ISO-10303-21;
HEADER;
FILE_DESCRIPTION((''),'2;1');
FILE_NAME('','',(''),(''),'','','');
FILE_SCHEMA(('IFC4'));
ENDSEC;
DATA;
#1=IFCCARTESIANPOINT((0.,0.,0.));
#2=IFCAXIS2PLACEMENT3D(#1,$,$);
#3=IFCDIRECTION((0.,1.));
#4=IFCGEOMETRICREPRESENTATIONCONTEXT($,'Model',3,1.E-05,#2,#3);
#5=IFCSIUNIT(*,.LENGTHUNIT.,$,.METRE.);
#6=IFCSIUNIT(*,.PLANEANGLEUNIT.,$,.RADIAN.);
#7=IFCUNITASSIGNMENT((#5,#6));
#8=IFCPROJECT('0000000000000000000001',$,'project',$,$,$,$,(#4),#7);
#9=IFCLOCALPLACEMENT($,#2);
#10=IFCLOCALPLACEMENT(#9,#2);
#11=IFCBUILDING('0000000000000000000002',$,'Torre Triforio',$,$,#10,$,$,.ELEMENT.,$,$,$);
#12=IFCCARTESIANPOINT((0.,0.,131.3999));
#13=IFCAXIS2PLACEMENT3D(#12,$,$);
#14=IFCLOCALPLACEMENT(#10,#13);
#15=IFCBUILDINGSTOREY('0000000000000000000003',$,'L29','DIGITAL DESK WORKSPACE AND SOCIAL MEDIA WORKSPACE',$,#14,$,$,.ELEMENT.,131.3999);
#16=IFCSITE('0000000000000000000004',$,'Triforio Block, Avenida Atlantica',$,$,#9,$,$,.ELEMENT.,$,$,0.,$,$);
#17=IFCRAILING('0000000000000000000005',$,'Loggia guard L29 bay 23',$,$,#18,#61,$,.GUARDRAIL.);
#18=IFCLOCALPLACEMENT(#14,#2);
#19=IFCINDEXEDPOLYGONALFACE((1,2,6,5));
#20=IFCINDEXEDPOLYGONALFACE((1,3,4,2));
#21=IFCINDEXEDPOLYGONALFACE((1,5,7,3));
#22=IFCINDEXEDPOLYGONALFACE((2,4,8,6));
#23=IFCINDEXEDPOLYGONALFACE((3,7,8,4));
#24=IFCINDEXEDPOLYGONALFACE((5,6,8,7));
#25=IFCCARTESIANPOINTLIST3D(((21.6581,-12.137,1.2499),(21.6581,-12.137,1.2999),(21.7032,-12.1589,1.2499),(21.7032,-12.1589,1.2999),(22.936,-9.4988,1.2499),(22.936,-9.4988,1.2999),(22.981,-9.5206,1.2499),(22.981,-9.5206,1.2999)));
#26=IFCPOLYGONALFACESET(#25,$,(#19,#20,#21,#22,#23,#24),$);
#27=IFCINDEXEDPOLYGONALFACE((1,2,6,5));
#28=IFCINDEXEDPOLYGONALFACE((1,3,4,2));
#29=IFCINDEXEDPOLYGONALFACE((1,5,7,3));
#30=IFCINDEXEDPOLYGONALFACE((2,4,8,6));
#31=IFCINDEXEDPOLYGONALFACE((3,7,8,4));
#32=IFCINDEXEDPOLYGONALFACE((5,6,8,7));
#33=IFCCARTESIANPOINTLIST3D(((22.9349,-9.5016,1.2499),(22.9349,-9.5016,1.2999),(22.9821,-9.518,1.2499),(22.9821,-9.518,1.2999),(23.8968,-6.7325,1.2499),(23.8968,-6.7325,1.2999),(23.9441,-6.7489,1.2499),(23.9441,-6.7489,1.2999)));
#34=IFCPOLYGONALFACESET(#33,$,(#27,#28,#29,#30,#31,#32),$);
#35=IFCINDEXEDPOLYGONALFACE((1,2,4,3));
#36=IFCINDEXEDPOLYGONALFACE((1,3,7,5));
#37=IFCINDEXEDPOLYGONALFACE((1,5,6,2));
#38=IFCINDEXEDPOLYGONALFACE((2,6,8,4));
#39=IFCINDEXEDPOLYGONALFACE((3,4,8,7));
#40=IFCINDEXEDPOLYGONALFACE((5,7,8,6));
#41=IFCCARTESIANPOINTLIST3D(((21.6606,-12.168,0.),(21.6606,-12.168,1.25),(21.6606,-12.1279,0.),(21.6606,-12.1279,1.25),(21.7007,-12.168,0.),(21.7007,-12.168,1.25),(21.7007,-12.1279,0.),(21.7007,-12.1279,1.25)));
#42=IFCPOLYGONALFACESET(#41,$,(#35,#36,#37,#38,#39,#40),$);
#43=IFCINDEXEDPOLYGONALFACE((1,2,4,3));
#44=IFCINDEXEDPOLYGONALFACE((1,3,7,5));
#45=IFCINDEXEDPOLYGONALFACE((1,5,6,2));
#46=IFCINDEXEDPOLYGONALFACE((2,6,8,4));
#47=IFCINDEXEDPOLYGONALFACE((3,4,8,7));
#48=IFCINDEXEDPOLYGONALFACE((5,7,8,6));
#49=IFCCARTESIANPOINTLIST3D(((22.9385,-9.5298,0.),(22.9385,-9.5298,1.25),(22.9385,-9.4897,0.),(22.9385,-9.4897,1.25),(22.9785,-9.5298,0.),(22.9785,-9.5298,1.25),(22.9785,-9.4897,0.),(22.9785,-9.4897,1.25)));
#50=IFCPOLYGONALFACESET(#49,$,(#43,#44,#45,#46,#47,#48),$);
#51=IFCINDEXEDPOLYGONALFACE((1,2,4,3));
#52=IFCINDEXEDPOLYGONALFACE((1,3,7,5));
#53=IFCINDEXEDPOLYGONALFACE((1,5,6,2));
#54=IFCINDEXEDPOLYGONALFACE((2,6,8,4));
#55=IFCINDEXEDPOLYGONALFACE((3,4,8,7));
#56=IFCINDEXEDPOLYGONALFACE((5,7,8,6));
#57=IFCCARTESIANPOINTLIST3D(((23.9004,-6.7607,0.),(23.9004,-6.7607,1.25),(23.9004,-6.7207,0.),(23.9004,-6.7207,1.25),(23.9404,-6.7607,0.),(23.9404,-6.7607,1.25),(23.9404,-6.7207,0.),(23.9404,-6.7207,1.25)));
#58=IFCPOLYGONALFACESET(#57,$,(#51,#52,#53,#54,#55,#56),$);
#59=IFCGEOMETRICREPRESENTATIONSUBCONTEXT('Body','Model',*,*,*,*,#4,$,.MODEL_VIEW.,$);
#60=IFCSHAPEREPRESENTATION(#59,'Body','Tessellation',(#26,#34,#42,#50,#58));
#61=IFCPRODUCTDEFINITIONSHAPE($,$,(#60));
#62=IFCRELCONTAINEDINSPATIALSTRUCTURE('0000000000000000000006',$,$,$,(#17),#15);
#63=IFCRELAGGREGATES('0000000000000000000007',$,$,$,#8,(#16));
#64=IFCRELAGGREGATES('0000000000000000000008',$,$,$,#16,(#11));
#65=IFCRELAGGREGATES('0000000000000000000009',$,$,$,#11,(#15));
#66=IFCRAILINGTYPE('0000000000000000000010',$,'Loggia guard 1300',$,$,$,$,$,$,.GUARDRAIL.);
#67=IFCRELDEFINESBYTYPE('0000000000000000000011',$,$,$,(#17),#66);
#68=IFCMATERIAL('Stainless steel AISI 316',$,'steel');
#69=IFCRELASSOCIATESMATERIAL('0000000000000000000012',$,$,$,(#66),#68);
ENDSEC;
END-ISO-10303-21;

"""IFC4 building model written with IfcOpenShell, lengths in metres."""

from ifc_helpers import new_model, si_unit, direction, frame, origin, origin_2d, place, context, subcontext, project, spatial, rectangle, extrude, material, type_object, element, save


model = new_model("IFC4")

# Units and contexts
model_context = context("Model", 3, precision=1e-05, world=origin(), true_north=direction((0.0, 1.0)))
body_context = subcontext(model_context, "Body", "Model", "MODEL_VIEW")
ifc_project = project(units=[si_unit("LENGTHUNIT", "METRE"), si_unit("PLANEANGLEUNIT", "RADIAN")], contexts=[model_context])

# Site, building, storey
site_placement = place(None, origin())
site = spatial("IfcSite", under=ifc_project, at=site_placement, Name="Triforio Block, Avenida Atlantica", CompositionType="ELEMENT", RefElevation=0.0)
building_placement = place(site_placement, origin())
building = spatial("IfcBuilding", under=site, at=building_placement, Name="Torre Triforio", CompositionType="ELEMENT")
storey_placement = place(building_placement, frame((0.0, 0.0, 131.3999)))
storey = spatial("IfcBuildingStorey", under=building, at=storey_placement, Name="L29", Description="DIGITAL DESK WORKSPACE AND SOCIAL MEDIA WORKSPACE", CompositionType="ELEMENT", Elevation=131.3999)

# Railing
ifc_material_1 = material(Name="Stainless steel AISI 316", Category="steel")
railing_type = type_object("IfcRailingType", Name="Loggia guard 1300", PredefinedType="GUARDRAIL", material=ifc_material_1)
railing_1_placement = place(storey_placement, frame((21.6807, -12.1479, 0.0)))
element("IfcRailing", 1, at=railing_1_placement, inside=storey, type_object=railing_type, Name="Loggia guard L29 bay 23", PredefinedType="GUARDRAIL", context=body_context, shape_type="SweptSolid", body=[
    extrude(rectangle(XDim=0.05, YDim=0.05, at=origin_2d()), frame((0.0, 0.0, 1.2749), z_axis=(0.435918, 0.899986, 0.0), x_axis=(-0.899986, 0.435918, 0.0)), (0.0, 0.0, 1.0), 2.9314),
    extrude(rectangle(XDim=0.05, YDim=0.05, at=origin_2d()), frame((1.2778, 2.6382, 1.2749), z_axis=(0.328146, 0.944627, 0.0), x_axis=(-0.944627, 0.328146, 0.0)), (0.0, 0.0, 1.0), 2.9314),
    extrude(rectangle(XDim=0.04, YDim=0.04, at=origin_2d()), origin(), (0.0, 0.0, 1.0), 1.25),
    extrude(rectangle(XDim=0.04, YDim=0.04, at=origin_2d()), frame((1.2778, 2.6382, 0.0)), (0.0, 0.0, 1.0), 1.25),
    extrude(rectangle(XDim=0.04, YDim=0.04, at=origin_2d()), frame((2.2397, 5.4072, 0.0)), (0.0, 0.0, 1.0), 1.25),
])

save(model, "model.ifc")
